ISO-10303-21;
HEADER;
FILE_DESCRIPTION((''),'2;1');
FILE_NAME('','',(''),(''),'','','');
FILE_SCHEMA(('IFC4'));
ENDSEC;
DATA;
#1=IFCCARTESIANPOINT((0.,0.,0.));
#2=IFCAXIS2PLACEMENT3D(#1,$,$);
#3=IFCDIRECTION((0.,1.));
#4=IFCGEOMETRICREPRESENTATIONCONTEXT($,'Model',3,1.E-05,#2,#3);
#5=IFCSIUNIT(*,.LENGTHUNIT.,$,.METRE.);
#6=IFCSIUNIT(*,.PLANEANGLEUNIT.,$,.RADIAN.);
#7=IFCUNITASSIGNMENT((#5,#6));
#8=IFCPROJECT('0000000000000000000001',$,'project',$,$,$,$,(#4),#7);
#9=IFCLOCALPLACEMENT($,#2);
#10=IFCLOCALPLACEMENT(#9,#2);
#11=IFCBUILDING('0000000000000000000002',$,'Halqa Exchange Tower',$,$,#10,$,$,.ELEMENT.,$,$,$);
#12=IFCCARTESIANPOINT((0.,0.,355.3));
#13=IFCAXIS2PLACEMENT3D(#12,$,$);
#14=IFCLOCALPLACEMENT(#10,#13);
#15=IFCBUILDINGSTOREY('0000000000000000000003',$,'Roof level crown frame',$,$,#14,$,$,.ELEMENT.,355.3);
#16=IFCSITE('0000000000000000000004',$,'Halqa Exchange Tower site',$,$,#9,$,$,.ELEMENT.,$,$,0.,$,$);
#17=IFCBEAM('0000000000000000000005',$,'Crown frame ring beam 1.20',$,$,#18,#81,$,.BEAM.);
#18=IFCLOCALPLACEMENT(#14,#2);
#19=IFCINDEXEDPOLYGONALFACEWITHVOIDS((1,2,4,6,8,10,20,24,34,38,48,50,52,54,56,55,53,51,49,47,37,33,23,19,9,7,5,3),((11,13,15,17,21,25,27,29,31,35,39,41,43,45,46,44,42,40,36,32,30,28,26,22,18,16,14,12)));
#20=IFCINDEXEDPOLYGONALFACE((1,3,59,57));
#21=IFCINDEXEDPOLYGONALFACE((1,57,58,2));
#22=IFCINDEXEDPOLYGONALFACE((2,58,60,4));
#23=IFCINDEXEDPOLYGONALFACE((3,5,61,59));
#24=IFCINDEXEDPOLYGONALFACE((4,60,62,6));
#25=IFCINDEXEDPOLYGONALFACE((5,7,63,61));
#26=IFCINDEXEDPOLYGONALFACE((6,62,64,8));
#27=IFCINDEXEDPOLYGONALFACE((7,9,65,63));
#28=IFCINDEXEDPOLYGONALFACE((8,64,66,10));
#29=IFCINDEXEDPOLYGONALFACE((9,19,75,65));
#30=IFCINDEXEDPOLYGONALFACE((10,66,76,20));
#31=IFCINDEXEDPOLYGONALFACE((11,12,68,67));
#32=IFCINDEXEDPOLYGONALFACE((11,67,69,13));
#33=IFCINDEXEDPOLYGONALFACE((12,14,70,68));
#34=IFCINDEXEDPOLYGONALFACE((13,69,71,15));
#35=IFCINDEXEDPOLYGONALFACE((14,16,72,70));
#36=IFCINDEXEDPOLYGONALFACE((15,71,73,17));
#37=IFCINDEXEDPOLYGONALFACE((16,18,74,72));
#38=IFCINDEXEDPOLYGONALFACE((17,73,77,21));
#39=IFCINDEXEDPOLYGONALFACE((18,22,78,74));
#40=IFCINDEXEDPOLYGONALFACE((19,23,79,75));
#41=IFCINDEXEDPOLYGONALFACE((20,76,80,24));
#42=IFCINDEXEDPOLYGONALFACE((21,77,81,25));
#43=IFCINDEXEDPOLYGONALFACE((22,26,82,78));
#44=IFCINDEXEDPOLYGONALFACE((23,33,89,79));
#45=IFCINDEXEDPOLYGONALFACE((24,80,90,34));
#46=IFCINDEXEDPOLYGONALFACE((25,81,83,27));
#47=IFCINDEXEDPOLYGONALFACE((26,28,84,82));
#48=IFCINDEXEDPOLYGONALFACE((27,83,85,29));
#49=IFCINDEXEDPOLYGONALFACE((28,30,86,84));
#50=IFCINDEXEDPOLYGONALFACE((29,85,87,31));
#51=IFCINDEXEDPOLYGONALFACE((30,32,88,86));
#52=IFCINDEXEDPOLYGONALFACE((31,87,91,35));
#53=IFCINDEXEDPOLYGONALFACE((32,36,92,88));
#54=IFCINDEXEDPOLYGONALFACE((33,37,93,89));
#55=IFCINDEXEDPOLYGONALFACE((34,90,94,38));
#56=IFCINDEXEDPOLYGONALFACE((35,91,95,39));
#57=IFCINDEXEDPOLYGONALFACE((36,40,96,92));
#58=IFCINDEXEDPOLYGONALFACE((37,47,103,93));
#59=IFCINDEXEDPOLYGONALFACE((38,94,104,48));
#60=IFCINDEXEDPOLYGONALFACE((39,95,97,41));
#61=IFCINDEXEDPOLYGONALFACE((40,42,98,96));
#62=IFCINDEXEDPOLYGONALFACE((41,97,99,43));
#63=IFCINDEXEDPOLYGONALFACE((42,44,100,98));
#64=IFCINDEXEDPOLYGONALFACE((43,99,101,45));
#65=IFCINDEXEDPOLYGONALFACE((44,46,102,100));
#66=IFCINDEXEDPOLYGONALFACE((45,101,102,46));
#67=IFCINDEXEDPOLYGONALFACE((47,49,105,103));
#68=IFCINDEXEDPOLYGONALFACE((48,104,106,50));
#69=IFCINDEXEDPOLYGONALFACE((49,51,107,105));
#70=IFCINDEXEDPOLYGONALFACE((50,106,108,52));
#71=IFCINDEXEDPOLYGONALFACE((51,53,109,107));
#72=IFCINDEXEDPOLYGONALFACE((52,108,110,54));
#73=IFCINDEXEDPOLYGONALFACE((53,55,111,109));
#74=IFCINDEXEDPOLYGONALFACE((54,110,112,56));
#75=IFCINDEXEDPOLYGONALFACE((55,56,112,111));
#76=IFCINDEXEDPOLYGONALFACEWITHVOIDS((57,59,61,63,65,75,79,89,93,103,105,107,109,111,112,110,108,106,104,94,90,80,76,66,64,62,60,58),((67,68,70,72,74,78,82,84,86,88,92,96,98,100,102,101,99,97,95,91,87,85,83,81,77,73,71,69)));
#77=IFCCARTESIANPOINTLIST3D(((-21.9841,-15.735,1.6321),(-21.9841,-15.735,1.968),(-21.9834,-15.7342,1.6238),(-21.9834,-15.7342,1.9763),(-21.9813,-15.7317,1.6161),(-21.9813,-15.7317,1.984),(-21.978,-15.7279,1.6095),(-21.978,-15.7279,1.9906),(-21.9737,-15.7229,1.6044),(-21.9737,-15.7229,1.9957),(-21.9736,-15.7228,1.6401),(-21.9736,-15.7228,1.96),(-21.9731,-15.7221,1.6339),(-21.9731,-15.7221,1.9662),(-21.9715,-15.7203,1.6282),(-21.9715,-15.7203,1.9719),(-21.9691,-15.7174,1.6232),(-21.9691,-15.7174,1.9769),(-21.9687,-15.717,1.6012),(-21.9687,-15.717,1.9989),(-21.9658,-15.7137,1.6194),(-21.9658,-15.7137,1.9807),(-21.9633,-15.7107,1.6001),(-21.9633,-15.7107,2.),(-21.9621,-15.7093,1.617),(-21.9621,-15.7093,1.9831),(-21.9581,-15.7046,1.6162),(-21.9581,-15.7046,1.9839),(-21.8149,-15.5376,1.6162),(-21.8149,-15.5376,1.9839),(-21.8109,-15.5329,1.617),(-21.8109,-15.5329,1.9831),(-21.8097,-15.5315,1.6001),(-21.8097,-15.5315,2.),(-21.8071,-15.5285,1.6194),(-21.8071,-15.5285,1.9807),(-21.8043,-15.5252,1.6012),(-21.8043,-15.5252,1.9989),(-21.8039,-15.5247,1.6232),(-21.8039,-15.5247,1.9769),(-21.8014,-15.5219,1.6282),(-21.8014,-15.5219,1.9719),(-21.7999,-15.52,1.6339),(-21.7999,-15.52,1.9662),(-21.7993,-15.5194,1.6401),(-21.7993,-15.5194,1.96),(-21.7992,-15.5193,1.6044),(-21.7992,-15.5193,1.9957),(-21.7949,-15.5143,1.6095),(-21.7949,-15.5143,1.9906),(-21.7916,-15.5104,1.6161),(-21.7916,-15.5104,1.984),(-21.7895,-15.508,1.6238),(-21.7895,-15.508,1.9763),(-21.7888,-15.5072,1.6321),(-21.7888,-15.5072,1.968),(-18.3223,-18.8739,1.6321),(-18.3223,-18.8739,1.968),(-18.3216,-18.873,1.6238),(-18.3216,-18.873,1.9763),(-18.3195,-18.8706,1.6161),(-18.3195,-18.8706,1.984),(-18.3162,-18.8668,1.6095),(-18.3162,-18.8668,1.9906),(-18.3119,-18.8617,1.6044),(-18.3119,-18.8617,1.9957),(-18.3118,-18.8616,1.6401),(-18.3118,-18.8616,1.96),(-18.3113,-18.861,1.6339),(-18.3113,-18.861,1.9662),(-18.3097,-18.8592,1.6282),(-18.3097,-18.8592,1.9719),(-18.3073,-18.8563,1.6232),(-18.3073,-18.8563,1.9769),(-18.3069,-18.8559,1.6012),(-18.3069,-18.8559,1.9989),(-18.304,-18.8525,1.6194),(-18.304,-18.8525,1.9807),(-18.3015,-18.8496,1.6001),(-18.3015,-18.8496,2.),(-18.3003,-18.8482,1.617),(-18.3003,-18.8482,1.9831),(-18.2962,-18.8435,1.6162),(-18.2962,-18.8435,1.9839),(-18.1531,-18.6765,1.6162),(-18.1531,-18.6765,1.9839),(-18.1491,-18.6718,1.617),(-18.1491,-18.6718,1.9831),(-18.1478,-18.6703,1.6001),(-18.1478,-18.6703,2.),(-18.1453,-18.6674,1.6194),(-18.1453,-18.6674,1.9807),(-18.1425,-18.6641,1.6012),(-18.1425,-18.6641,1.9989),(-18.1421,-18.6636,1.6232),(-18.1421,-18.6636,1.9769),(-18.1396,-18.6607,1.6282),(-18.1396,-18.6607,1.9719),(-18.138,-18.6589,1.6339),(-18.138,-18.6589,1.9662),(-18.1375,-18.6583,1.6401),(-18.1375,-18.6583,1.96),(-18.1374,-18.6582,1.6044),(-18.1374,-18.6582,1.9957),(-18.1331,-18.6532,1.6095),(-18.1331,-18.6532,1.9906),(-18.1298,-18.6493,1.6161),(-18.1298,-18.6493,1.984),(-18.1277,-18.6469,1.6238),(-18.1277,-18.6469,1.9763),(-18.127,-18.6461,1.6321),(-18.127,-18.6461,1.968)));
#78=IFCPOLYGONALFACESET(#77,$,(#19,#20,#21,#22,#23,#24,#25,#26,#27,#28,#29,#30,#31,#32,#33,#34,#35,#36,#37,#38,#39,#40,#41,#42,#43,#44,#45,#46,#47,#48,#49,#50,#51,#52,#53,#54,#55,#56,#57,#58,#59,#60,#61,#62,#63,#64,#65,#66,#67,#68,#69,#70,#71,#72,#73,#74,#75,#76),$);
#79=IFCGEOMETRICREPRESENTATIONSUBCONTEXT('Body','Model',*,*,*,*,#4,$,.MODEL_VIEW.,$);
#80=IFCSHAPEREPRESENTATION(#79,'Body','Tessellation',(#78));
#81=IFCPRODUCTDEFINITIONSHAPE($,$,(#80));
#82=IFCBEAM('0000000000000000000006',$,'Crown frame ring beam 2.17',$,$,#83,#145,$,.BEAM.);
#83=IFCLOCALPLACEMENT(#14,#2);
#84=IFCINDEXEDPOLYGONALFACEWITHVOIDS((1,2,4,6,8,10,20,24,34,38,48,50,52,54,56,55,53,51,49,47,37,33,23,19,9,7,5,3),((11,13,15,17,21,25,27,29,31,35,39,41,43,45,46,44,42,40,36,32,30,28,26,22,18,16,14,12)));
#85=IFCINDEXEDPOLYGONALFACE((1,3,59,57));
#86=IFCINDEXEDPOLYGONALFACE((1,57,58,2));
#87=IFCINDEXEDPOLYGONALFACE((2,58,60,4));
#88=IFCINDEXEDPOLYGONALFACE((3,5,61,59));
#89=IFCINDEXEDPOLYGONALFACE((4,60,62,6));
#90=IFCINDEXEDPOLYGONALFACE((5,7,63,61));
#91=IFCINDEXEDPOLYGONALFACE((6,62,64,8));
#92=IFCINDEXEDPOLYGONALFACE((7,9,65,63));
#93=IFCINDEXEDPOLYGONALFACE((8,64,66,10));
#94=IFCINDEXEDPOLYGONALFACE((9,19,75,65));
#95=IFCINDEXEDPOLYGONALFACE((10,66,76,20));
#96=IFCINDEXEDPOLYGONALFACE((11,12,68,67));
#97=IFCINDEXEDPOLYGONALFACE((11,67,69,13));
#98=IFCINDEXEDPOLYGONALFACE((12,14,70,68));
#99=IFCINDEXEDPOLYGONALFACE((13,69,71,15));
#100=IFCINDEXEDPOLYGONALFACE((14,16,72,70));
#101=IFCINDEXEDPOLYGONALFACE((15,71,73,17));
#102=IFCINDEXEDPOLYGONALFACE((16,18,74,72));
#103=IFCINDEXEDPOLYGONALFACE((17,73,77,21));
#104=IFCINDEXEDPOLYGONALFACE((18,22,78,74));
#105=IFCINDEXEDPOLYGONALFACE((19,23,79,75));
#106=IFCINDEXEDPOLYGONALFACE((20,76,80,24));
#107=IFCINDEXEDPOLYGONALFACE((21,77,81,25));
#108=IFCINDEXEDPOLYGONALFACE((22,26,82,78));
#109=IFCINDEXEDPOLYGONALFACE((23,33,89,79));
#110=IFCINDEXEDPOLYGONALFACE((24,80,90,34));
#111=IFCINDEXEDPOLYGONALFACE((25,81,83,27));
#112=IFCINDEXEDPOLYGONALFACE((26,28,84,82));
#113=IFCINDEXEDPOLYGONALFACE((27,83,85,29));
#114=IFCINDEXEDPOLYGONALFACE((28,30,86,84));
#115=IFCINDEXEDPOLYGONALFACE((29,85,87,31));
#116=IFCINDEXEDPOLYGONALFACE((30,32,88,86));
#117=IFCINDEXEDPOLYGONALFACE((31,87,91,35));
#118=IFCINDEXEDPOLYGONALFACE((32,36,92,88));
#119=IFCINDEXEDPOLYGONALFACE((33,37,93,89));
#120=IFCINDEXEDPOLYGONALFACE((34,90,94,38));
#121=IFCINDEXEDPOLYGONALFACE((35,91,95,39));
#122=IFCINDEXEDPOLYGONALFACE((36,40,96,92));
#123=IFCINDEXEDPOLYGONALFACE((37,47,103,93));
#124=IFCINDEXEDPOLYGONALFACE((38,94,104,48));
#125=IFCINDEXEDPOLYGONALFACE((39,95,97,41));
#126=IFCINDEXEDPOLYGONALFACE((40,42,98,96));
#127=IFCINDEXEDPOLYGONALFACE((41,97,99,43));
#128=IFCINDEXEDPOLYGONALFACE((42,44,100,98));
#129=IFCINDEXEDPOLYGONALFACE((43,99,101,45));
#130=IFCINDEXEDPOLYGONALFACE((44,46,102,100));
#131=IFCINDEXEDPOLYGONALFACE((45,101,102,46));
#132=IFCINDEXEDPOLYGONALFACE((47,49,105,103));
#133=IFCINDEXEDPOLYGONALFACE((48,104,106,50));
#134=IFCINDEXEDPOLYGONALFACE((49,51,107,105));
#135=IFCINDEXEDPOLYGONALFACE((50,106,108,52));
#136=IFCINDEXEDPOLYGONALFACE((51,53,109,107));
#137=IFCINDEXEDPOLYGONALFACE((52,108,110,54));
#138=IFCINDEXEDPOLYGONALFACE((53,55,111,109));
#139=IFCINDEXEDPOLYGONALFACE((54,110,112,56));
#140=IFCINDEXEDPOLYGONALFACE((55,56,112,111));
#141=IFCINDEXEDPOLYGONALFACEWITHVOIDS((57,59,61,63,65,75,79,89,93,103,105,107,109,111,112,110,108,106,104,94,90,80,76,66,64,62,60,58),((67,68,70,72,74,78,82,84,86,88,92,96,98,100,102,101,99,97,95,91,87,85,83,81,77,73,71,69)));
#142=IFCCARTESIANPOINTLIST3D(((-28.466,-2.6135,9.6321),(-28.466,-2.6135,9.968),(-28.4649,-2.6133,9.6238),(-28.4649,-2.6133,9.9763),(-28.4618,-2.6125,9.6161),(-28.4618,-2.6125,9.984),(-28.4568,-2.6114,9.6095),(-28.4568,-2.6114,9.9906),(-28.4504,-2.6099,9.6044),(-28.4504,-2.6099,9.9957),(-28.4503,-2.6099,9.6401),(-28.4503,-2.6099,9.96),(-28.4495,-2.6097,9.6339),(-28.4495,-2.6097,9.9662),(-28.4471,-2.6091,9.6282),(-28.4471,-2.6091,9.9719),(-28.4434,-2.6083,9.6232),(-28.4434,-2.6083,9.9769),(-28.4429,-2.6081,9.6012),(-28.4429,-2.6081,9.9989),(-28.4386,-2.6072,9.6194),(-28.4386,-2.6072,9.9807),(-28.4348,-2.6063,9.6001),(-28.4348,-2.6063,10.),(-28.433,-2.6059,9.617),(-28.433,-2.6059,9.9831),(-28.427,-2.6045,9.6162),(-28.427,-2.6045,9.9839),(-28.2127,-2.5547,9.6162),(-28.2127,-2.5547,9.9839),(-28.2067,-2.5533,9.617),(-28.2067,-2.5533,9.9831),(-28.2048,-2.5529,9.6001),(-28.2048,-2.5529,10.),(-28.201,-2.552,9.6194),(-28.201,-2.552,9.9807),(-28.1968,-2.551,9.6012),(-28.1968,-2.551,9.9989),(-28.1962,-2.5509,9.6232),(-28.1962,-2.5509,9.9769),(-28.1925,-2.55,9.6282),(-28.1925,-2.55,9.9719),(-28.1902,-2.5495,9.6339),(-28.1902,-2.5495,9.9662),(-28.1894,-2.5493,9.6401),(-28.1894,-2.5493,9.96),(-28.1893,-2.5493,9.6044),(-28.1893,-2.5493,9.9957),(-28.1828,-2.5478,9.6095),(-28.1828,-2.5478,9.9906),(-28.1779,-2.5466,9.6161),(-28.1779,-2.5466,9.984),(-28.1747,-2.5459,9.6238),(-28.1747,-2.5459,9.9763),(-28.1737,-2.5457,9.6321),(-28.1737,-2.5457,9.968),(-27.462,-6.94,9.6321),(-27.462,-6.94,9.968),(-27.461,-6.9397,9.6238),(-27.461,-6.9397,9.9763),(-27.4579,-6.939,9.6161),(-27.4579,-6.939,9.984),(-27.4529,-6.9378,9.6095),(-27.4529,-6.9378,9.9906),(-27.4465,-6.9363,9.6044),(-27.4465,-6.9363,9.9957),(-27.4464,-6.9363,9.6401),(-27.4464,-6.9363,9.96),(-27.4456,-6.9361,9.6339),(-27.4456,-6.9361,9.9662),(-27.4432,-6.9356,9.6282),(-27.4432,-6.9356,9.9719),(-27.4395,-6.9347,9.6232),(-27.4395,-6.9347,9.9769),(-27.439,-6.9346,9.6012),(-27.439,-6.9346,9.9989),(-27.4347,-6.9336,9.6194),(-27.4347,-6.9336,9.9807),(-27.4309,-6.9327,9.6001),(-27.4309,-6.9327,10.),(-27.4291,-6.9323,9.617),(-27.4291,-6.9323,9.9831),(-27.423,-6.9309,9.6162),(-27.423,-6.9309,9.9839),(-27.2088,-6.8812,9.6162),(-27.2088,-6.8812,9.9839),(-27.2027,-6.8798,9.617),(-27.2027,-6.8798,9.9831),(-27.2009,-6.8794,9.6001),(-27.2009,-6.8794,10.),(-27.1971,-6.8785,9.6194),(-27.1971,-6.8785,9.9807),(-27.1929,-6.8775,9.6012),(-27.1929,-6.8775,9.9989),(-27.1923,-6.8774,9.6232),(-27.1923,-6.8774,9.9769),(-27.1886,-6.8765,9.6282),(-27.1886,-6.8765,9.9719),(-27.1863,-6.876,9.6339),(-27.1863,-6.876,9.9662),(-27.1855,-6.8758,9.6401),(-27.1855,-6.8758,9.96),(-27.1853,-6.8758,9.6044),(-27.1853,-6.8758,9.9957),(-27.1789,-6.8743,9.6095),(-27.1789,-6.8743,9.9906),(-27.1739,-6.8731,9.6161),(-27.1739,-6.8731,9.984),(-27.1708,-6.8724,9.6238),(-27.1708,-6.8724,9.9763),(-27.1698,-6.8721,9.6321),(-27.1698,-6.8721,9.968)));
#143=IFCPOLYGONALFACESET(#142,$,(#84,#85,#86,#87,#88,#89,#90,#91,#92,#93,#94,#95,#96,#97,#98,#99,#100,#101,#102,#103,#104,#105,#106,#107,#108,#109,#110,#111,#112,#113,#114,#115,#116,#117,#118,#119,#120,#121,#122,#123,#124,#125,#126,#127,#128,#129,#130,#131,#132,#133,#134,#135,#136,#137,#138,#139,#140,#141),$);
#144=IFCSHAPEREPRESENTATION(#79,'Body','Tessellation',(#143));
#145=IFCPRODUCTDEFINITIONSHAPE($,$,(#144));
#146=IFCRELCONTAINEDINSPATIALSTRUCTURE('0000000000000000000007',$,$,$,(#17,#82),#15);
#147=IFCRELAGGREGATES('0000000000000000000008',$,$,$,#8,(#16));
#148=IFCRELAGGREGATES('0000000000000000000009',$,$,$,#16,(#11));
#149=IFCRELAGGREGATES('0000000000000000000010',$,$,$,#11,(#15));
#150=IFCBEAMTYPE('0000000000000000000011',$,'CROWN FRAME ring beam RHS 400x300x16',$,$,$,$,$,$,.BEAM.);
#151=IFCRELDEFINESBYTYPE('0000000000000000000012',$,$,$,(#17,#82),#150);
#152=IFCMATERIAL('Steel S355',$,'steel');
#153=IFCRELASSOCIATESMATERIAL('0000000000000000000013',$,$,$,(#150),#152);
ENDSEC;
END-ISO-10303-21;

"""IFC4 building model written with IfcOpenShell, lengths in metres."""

from ifc_helpers import new_model, si_unit, direction, frame, origin, origin_2d, place, context, subcontext, project, spatial, hollow_rectangle, extrude, material, material_profile, profile_set, type_object, element, save


model = new_model("IFC4")

# Units and contexts
model_context = context("Model", 3, precision=1e-05, world=origin(), true_north=direction((0.0, 1.0)))
body_context = subcontext(model_context, "Body", "Model", "MODEL_VIEW")
ifc_project = project(units=[si_unit("LENGTHUNIT", "METRE"), si_unit("PLANEANGLEUNIT", "RADIAN")], contexts=[model_context])

# Site, building, storey
site_placement = place(None, origin())
site = spatial("IfcSite", under=ifc_project, at=site_placement, Name="Halqa Exchange Tower site", CompositionType="ELEMENT", RefElevation=0.0)
building_placement = place(site_placement, origin())
building = spatial("IfcBuilding", under=site, at=building_placement, Name="Halqa Exchange Tower", CompositionType="ELEMENT")
storey_placement = place(building_placement, frame((0.0, 0.0, 355.3)))
storey = spatial("IfcBuildingStorey", under=building, at=storey_placement, Name="Roof level crown frame", CompositionType="ELEMENT", Elevation=355.3)

# Shared definitions
ifc_material_1 = material(Name="Steel S355", Category="steel")

# Beams
ifc_material_profile_1 = material_profile(ifc_material_1, hollow_rectangle(XDim=0.3, YDim=0.3999, WallThickness=0.0161, InnerFilletRadius=0.0239, OuterFilletRadius=0.032, at=origin_2d()), Name="RHS 400x300x16")
ifc_profile_set_1 = profile_set([ifc_material_profile_1], Name="Steel S355")
beam_type = type_object("IfcBeamType", Name="CROWN FRAME ring beam RHS 400x300x16", PredefinedType="BEAM", material=ifc_profile_set_1)
beam_1_placement = place(storey_placement, frame((-21.8865, -15.6211, 1.8), z_axis=(0.759239, -0.650812, 0.0), x_axis=(0.650812, 0.759239, 0.0)))
element("IfcBeam", 1, at=beam_1_placement, inside=storey, type_object=beam_type, Name="Crown frame ring beam 1.20", PredefinedType="BEAM", context=body_context, shape_type="SweptSolid", body=[
    extrude(hollow_rectangle(XDim=0.3, YDim=0.3999, WallThickness=0.0161, InnerFilletRadius=0.0239, OuterFilletRadius=0.032, at=origin_2d()), origin(), (0.0, 0.0, 1.0), 4.823),
])
beam_2_placement = place(storey_placement, frame((-28.3198, -2.5796, 9.8), z_axis=(0.226036, -0.974119, 0.0), x_axis=(0.974119, 0.226036, 0.0)))
element("IfcBeam", 2, at=beam_2_placement, inside=storey, type_object=beam_type, Name="Crown frame ring beam 2.17", PredefinedType="BEAM", context=body_context, shape_type="SweptSolid", body=[
    extrude(hollow_rectangle(XDim=0.3, YDim=0.3999, WallThickness=0.0161, InnerFilletRadius=0.0239, OuterFilletRadius=0.032, at=origin_2d()), origin(), (0.0, 0.0, 1.0), 4.4414),
])

save(model, "model.ifc")
